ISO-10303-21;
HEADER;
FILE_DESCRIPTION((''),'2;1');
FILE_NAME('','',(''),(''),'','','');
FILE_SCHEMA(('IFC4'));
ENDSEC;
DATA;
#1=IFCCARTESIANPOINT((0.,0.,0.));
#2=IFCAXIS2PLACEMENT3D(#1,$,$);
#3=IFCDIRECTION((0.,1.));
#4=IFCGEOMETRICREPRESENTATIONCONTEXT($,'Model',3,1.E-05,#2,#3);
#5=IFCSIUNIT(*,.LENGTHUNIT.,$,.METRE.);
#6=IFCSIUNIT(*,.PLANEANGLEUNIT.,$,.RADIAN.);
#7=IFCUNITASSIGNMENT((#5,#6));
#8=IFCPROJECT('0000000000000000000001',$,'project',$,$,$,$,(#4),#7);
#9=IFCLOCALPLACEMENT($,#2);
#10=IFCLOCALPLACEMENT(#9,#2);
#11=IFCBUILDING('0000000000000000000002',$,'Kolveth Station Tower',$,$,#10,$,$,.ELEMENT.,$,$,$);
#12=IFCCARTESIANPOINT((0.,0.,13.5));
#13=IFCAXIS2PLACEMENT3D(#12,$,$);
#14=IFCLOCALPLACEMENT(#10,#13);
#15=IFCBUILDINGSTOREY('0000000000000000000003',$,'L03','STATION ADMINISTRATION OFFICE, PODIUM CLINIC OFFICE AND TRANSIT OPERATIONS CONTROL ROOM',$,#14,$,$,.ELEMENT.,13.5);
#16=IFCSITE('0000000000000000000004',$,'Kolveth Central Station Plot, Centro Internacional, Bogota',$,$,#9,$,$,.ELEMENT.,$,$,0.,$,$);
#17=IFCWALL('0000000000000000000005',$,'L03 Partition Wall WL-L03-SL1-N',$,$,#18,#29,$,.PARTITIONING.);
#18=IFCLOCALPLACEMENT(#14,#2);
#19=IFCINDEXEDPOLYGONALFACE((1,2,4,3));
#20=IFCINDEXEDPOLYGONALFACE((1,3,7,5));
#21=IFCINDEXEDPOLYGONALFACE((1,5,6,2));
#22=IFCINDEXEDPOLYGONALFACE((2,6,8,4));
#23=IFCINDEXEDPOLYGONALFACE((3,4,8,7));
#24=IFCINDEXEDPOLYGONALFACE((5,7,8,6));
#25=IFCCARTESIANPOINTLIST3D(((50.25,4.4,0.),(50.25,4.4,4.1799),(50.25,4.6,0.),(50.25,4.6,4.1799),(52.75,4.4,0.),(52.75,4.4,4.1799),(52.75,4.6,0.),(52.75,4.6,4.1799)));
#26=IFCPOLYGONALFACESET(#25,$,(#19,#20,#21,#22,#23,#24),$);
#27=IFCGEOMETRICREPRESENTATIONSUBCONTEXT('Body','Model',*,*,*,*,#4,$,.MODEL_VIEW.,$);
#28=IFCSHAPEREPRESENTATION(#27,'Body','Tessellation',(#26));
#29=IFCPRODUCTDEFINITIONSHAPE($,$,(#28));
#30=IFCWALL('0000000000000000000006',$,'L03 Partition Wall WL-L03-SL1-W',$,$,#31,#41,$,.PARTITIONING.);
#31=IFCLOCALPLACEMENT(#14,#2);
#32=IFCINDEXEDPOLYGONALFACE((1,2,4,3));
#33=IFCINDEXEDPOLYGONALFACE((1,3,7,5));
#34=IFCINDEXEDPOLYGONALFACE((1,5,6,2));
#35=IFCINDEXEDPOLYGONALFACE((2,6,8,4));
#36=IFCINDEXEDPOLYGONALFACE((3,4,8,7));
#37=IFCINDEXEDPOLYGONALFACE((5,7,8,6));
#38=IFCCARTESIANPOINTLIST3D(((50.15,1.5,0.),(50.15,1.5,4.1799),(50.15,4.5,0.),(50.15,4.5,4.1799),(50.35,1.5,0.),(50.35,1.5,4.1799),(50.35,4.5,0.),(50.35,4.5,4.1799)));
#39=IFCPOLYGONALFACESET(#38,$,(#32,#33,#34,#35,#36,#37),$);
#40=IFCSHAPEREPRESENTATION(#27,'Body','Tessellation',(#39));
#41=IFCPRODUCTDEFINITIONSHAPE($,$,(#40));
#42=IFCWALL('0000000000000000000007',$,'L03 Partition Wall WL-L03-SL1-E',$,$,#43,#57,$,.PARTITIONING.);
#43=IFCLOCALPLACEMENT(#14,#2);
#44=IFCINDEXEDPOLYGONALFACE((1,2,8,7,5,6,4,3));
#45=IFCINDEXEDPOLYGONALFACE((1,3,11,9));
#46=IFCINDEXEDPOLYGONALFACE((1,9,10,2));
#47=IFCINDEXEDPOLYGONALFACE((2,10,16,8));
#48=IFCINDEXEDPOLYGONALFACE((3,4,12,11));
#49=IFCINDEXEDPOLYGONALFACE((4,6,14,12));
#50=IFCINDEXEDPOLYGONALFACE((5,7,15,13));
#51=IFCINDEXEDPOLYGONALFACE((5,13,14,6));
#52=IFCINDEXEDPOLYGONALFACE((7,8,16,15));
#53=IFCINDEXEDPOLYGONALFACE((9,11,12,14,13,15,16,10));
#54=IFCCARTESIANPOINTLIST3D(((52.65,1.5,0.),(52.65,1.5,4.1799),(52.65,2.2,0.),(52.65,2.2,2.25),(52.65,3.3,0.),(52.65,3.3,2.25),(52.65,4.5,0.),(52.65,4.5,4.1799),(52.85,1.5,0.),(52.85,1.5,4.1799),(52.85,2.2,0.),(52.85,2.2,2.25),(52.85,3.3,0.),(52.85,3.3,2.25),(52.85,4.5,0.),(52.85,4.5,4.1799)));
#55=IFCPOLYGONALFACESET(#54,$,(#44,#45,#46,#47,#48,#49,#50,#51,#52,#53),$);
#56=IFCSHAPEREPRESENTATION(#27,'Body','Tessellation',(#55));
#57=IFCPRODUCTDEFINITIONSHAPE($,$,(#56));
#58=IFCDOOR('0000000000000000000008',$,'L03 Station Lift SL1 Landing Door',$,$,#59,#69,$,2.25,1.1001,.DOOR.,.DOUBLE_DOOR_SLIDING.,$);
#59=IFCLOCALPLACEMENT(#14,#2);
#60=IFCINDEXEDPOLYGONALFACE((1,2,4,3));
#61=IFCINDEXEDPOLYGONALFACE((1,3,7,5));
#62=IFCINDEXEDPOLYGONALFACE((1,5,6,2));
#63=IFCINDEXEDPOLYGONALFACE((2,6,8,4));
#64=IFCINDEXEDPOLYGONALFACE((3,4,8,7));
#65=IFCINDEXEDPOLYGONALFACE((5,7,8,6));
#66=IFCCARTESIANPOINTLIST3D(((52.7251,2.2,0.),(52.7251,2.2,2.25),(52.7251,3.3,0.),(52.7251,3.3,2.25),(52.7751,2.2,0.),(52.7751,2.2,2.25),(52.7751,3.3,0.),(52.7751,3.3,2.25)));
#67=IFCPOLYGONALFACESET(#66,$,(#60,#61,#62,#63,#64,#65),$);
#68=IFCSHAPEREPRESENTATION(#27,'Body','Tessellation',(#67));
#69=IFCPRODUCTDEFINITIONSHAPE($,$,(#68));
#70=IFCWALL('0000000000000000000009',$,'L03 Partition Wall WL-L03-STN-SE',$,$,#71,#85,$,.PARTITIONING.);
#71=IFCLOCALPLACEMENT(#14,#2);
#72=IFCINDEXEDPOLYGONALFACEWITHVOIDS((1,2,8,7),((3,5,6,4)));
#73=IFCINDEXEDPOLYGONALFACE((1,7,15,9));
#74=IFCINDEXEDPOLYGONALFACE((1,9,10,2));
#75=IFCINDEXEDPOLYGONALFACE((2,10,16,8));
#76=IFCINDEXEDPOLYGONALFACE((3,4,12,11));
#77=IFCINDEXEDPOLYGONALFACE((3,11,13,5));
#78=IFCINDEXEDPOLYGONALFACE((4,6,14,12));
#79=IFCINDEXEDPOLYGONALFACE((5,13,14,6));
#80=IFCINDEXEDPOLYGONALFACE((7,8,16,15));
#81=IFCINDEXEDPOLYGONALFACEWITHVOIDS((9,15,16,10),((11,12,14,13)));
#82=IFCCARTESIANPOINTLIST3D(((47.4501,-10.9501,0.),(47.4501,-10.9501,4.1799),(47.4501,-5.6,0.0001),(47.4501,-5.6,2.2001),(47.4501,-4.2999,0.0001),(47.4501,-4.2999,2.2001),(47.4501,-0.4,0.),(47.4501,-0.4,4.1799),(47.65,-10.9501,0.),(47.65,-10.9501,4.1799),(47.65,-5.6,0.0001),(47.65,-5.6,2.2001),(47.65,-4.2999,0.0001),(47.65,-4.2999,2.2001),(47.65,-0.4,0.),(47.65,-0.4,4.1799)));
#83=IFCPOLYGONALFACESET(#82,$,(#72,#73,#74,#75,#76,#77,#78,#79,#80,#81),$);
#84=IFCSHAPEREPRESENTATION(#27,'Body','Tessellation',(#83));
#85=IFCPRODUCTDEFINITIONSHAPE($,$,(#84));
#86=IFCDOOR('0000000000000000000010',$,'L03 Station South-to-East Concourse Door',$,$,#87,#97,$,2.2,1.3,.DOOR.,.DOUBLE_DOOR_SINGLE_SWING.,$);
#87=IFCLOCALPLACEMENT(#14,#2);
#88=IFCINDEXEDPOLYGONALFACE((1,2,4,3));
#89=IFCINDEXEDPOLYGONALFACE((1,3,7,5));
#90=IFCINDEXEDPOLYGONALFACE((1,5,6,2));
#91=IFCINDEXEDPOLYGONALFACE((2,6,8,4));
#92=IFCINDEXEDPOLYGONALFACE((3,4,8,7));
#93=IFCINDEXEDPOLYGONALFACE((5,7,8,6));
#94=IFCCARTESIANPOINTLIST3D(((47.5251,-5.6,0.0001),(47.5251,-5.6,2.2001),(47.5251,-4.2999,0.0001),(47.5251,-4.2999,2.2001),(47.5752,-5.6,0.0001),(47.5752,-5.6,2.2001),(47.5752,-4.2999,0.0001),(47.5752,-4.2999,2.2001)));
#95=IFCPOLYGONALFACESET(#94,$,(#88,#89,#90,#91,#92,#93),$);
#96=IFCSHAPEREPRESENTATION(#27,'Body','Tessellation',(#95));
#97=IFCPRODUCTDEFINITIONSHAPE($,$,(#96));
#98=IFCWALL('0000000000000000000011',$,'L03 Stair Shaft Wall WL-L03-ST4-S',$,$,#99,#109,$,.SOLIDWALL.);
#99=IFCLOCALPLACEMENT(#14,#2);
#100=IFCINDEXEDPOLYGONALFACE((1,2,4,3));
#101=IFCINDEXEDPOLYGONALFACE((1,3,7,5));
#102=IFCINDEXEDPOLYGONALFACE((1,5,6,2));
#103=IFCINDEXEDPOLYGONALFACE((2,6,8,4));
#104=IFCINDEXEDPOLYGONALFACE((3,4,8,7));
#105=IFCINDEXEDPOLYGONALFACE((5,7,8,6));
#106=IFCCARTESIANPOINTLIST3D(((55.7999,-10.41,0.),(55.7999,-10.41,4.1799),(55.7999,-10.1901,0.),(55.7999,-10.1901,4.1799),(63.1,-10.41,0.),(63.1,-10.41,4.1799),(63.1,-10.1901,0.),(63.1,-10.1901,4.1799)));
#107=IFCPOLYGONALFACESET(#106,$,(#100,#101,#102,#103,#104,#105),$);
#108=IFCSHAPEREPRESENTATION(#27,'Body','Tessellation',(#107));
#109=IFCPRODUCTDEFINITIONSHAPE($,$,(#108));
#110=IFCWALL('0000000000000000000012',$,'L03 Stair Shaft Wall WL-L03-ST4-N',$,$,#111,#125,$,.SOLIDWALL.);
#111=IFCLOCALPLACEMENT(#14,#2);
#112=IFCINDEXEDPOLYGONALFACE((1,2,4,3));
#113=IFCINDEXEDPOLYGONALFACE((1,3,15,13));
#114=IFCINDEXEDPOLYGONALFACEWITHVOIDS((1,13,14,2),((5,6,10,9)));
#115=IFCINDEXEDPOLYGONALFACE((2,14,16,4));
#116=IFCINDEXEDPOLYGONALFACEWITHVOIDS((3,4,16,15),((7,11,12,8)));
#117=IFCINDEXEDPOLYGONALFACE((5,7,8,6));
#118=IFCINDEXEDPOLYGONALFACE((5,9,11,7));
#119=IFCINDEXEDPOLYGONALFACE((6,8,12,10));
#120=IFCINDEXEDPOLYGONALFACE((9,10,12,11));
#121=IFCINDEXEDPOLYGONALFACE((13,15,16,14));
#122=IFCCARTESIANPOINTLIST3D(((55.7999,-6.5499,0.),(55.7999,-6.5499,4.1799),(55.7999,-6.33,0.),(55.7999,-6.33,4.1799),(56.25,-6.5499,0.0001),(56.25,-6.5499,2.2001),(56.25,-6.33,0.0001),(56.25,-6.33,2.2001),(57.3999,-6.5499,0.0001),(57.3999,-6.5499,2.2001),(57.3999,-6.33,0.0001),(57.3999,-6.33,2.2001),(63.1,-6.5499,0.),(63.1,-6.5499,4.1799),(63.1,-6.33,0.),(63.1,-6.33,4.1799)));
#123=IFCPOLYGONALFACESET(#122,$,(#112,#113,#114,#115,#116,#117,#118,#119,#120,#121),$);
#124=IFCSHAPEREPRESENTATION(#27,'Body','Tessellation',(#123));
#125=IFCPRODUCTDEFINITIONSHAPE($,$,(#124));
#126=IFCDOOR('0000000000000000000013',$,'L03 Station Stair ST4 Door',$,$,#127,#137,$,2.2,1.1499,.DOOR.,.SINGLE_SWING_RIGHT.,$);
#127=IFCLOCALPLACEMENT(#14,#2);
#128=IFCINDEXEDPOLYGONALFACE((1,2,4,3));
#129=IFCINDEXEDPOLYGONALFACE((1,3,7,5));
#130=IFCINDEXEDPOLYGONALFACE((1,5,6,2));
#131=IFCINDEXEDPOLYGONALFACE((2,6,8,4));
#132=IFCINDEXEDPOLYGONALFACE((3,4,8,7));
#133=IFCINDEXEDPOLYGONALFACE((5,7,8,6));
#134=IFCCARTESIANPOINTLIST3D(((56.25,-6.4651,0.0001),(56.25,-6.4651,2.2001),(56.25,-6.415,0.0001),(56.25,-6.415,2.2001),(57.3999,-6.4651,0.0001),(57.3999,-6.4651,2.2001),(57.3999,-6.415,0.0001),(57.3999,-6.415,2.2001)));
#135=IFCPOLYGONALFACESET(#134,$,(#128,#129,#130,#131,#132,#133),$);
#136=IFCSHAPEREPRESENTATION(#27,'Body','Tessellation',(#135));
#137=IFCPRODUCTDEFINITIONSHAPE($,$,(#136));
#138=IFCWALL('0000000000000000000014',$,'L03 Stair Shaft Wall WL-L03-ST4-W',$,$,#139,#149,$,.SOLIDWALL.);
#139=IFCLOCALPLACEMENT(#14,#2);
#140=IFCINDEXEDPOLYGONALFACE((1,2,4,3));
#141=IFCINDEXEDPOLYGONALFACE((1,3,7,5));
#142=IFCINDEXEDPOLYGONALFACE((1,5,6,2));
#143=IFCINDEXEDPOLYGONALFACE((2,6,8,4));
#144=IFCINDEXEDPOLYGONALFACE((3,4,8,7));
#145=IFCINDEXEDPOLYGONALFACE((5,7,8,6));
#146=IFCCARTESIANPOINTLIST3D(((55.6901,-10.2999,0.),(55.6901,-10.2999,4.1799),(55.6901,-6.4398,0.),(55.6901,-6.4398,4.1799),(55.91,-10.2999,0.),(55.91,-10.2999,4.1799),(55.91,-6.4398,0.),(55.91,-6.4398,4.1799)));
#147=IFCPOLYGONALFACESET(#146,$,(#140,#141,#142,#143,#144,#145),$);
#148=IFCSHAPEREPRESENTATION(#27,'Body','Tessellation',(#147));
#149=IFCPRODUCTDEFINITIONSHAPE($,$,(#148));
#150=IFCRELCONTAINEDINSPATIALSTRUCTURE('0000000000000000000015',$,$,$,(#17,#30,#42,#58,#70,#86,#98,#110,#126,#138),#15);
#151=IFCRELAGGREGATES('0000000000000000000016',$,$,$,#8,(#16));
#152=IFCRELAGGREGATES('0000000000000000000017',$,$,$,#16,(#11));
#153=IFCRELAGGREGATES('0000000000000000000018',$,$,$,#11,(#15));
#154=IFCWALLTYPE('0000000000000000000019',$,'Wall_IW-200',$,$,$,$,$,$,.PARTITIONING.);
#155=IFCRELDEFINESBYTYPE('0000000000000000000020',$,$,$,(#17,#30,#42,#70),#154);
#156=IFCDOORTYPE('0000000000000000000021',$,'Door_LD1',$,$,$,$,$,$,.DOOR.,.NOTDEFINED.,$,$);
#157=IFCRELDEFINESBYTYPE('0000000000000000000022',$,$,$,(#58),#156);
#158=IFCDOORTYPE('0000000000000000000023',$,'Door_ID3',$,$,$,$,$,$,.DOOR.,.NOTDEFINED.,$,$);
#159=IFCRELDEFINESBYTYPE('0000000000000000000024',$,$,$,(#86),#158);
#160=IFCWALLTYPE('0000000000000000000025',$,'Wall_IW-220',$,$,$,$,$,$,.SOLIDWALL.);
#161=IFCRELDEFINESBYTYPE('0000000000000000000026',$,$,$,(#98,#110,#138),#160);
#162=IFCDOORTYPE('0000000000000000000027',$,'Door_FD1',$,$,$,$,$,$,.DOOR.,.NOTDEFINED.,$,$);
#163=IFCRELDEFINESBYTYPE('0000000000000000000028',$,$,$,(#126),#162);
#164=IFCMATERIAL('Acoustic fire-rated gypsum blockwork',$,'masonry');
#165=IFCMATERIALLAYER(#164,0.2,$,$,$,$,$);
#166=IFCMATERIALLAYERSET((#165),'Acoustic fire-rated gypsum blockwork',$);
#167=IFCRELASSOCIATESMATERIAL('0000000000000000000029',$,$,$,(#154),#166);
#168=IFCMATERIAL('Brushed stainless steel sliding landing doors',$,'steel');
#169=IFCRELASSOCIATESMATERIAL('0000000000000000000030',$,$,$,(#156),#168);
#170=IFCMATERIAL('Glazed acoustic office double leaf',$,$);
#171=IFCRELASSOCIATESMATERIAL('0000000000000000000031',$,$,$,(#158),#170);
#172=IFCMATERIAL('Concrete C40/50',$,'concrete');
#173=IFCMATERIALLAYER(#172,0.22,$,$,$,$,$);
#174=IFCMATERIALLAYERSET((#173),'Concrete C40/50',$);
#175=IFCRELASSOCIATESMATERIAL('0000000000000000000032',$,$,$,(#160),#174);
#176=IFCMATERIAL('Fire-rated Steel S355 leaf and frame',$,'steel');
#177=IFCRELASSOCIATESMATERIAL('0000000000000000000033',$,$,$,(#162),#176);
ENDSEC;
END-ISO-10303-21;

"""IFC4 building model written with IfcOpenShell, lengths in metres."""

from ifc_helpers import new_model, si_unit, direction, frame, frame_2d, origin, place, context, subcontext, project, spatial, rectangle, extrude, material, layer, layer_set, type_object, element, fill, save


model = new_model("IFC4")

# Units and contexts
model_context = context("Model", 3, precision=1e-05, world=origin(), true_north=direction((0.0, 1.0)))
body_context = subcontext(model_context, "Body", "Model", "MODEL_VIEW")
ifc_project = project(units=[si_unit("LENGTHUNIT", "METRE"), si_unit("PLANEANGLEUNIT", "RADIAN")], contexts=[model_context])

# Site, building, storey
site_placement = place(None, origin())
site = spatial("IfcSite", under=ifc_project, at=site_placement, Name="Kolveth Central Station Plot, Centro Internacional, Bogota", CompositionType="ELEMENT", RefElevation=0.0)
building_placement = place(site_placement, origin())
building = spatial("IfcBuilding", under=site, at=building_placement, Name="Kolveth Station Tower", CompositionType="ELEMENT")
storey_placement = place(building_placement, frame((0.0, 0.0, 13.5)))
storey = spatial("IfcBuildingStorey", under=building, at=storey_placement, Name="L03", Description="STATION ADMINISTRATION OFFICE, PODIUM CLINIC OFFICE AND TRANSIT OPERATIONS CONTROL ROOM", CompositionType="ELEMENT", Elevation=13.5)

# Walls
ifc_material_1 = material(Name="Acoustic fire-rated gypsum blockwork", Category="masonry")
ifc_layer_1 = layer(ifc_material_1, 0.2)
ifc_layer_set_1 = layer_set([ifc_layer_1], Name="Acoustic fire-rated gypsum blockwork")
wall_type_1 = type_object("IfcWallType", Name="Wall_IW-200", PredefinedType="PARTITIONING", material=ifc_layer_set_1)
for number, where, z_axis, x_axis, name in (
    (1, (50.25, 4.5, 0.0), (0.0, 0.0, 1.0), (1.0, 0.0, 0.0), "L03 Partition Wall WL-L03-SL1-N"),
):
    element("IfcWall", number, at=place(storey_placement, frame(where, z_axis=z_axis, x_axis=x_axis)), inside=storey, type_object=wall_type_1, Name=name, PredefinedType="PARTITIONING", context=body_context, shape_type="SweptSolid", body=[
        extrude(rectangle(XDim=2.5, YDim=0.2, at=frame_2d((1.25, 0.0))), origin(), (0.0, 0.0, 1.0), 4.1799),
    ])
wall_1_placement = place(storey_placement, frame((50.25, 1.5, 0.0), z_axis=(0.0, 0.0, 1.0), x_axis=(0.0, 1.0, 0.0)))
element("IfcWall", 2, at=wall_1_placement, inside=storey, type_object=wall_type_1, Name="L03 Partition Wall WL-L03-SL1-W", PredefinedType="PARTITIONING", context=body_context, shape_type="SweptSolid", body=[
    extrude(rectangle(XDim=3.0, YDim=0.2, at=frame_2d((1.5, 0.0))), origin(), (0.0, 0.0, 1.0), 4.1799),
])

# Walls, openings, doors
wall_2_placement = place(storey_placement, frame((52.75, 1.5, 0.0), z_axis=(0.0, 0.0, 1.0), x_axis=(0.0, 1.0, 0.0)))
wall_2 = element("IfcWall", 3, at=wall_2_placement, inside=storey, type_object=wall_type_1, Name="L03 Partition Wall WL-L03-SL1-E", PredefinedType="PARTITIONING", context=body_context, shape_type="SweptSolid", body=[
    extrude(rectangle(XDim=3.0, YDim=0.2, at=frame_2d((1.5, 0.0))), origin(), (0.0, 0.0, 1.0), 4.1799),
])
opening_1_placement = place(wall_2_placement, frame((0.7, 0.0, 0.0)))
opening_1 = element("IfcOpeningElement", 4, at=opening_1_placement, cuts=wall_2, PredefinedType="OPENING", context=body_context, shape_type="SweptSolid", body=[
    extrude(rectangle(XDim=1.1001, YDim=2.25, at=frame_2d((0.55, 1.125))), frame((0.0, 0.1099, 0.0), z_axis=(0.0, -1.0, 0.0), x_axis=(1.0, 0.0, 0.0)), (0.0, 0.0, 1.0), 0.22),
])
ifc_material_2 = material(Name="Brushed stainless steel sliding landing doors", Category="steel")
door_type_1 = type_object("IfcDoorType", Name="Door_LD1", OperationType="NOTDEFINED", PredefinedType="DOOR", material=ifc_material_2)
door_1_placement = place(opening_1_placement, origin())
door_1 = element("IfcDoor", 5, at=door_1_placement, inside=storey, type_object=door_type_1, Name="L03 Station Lift SL1 Landing Door", OperationType="DOUBLE_DOOR_SLIDING", OverallHeight=2.25, OverallWidth=1.1001, PredefinedType="DOOR", context=body_context, shape_type="SweptSolid", body=[
    extrude(rectangle(XDim=1.1001, YDim=2.25, at=frame_2d((0.55, 1.125))), frame((0.0, 0.0249, 0.0), z_axis=(0.0, -1.0, 0.0), x_axis=(1.0, 0.0, 0.0)), (0.0, 0.0, 1.0), 0.05),
])
fill(opening_1, door_1)
wall_3_placement = place(storey_placement, frame((47.55, -10.95, 0.0), z_axis=(0.0, 0.0, 1.0), x_axis=(0.0, 1.0, 0.0)))
wall_3 = element("IfcWall", 6, at=wall_3_placement, inside=storey, type_object=wall_type_1, Name="L03 Partition Wall WL-L03-STN-SE", PredefinedType="PARTITIONING", context=body_context, shape_type="SweptSolid", body=[
    extrude(rectangle(XDim=10.55, YDim=0.2, at=frame_2d((5.2749, 0.0))), origin(), (0.0, 0.0, 1.0), 4.1799),
])
opening_2_placement = place(wall_3_placement, frame((5.3501, 0.0, 0.0)))
opening_2 = element("IfcOpeningElement", 7, at=opening_2_placement, cuts=wall_3, PredefinedType="OPENING", context=body_context, shape_type="SweptSolid", body=[
    extrude(rectangle(XDim=1.3, YDim=2.2, at=frame_2d((0.6499, 1.1001))), frame((0.0, 0.1099, 0.0), z_axis=(0.0, -1.0, 0.0), x_axis=(1.0, 0.0, 0.0)), (0.0, 0.0, 1.0), 0.22),
])
ifc_material_3 = material(Name="Glazed acoustic office double leaf")
door_type_2 = type_object("IfcDoorType", Name="Door_ID3", OperationType="NOTDEFINED", PredefinedType="DOOR", material=ifc_material_3)
door_2_placement = place(opening_2_placement, origin())
door_2 = element("IfcDoor", 8, at=door_2_placement, inside=storey, type_object=door_type_2, Name="L03 Station South-to-East Concourse Door", OperationType="DOUBLE_DOOR_SINGLE_SWING", OverallHeight=2.2, OverallWidth=1.3, PredefinedType="DOOR", context=body_context, shape_type="SweptSolid", body=[
    extrude(rectangle(XDim=1.3, YDim=2.2, at=frame_2d((0.6499, 1.1001))), frame((0.0, 0.0249, 0.0), z_axis=(0.0, -1.0, 0.0), x_axis=(1.0, 0.0, 0.0)), (0.0, 0.0, 1.0), 0.05),
])
fill(opening_2, door_2)

# Wall
ifc_material_4 = material(Name="Concrete C40/50", Category="concrete")
ifc_layer_2 = layer(ifc_material_4, 0.22)
ifc_layer_set_2 = layer_set([ifc_layer_2], Name="Concrete C40/50")
wall_type_2 = type_object("IfcWallType", Name="Wall_IW-220", PredefinedType="SOLIDWALL", material=ifc_layer_set_2)
wall_4_placement = place(storey_placement, frame((55.8, -10.3, 0.0), z_axis=(0.0, 0.0, 1.0), x_axis=(1.0, 0.0, 0.0)))
element("IfcWall", 9, at=wall_4_placement, inside=storey, type_object=wall_type_2, Name="L03 Stair Shaft Wall WL-L03-ST4-S", PredefinedType="SOLIDWALL", context=body_context, shape_type="SweptSolid", body=[
    extrude(rectangle(XDim=7.3, YDim=0.22, at=frame_2d((3.6499, 0.0))), origin(), (0.0, 0.0, 1.0), 4.1799),
])

# Wall, opening, door
wall_5_placement = place(storey_placement, frame((55.8, -6.4399, 0.0), z_axis=(0.0, 0.0, 1.0), x_axis=(1.0, 0.0, 0.0)))
wall_5 = element("IfcWall", 10, at=wall_5_placement, inside=storey, type_object=wall_type_2, Name="L03 Stair Shaft Wall WL-L03-ST4-N", PredefinedType="SOLIDWALL", context=body_context, shape_type="SweptSolid", body=[
    extrude(rectangle(XDim=7.3, YDim=0.22, at=frame_2d((3.6499, 0.0))), origin(), (0.0, 0.0, 1.0), 4.1799),
])
opening_3_placement = place(wall_5_placement, frame((0.45, 0.0, 0.0)))
opening_3 = element("IfcOpeningElement", 11, at=opening_3_placement, cuts=wall_5, PredefinedType="OPENING", context=body_context, shape_type="SweptSolid", body=[
    extrude(rectangle(XDim=1.1499, YDim=2.2, at=frame_2d((0.575, 1.1001))), frame((0.0, 0.1199, 0.0), z_axis=(0.0, -1.0, 0.0), x_axis=(1.0, 0.0, 0.0)), (0.0, 0.0, 1.0), 0.24),
])
ifc_material_5 = material(Name="Fire-rated Steel S355 leaf and frame", Category="steel")
door_type_3 = type_object("IfcDoorType", Name="Door_FD1", OperationType="NOTDEFINED", PredefinedType="DOOR", material=ifc_material_5)
door_3_placement = place(opening_3_placement, origin())
door_3 = element("IfcDoor", 12, at=door_3_placement, inside=storey, type_object=door_type_3, Name="L03 Station Stair ST4 Door", OperationType="SINGLE_SWING_RIGHT", OverallHeight=2.2, OverallWidth=1.1499, PredefinedType="DOOR", context=body_context, shape_type="SweptSolid", body=[
    extrude(rectangle(XDim=1.1499, YDim=2.2, at=frame_2d((0.575, 1.1001))), frame((0.0, 0.0249, 0.0), z_axis=(0.0, -1.0, 0.0), x_axis=(1.0, 0.0, 0.0)), (0.0, 0.0, 1.0), 0.05),
])
fill(opening_3, door_3)

# Wall
wall_6_placement = place(storey_placement, frame((55.8, -10.3, 0.0), z_axis=(0.0, 0.0, 1.0), x_axis=(0.0, 1.0, 0.0)))
element("IfcWall", 13, at=wall_6_placement, inside=storey, type_object=wall_type_2, Name="L03 Stair Shaft Wall WL-L03-ST4-W", PredefinedType="SOLIDWALL", context=body_context, shape_type="SweptSolid", body=[
    extrude(rectangle(XDim=3.8601, YDim=0.22, at=frame_2d((1.9302, 0.0))), origin(), (0.0, 0.0, 1.0), 4.1799),
])

save(model, "model.ifc")
